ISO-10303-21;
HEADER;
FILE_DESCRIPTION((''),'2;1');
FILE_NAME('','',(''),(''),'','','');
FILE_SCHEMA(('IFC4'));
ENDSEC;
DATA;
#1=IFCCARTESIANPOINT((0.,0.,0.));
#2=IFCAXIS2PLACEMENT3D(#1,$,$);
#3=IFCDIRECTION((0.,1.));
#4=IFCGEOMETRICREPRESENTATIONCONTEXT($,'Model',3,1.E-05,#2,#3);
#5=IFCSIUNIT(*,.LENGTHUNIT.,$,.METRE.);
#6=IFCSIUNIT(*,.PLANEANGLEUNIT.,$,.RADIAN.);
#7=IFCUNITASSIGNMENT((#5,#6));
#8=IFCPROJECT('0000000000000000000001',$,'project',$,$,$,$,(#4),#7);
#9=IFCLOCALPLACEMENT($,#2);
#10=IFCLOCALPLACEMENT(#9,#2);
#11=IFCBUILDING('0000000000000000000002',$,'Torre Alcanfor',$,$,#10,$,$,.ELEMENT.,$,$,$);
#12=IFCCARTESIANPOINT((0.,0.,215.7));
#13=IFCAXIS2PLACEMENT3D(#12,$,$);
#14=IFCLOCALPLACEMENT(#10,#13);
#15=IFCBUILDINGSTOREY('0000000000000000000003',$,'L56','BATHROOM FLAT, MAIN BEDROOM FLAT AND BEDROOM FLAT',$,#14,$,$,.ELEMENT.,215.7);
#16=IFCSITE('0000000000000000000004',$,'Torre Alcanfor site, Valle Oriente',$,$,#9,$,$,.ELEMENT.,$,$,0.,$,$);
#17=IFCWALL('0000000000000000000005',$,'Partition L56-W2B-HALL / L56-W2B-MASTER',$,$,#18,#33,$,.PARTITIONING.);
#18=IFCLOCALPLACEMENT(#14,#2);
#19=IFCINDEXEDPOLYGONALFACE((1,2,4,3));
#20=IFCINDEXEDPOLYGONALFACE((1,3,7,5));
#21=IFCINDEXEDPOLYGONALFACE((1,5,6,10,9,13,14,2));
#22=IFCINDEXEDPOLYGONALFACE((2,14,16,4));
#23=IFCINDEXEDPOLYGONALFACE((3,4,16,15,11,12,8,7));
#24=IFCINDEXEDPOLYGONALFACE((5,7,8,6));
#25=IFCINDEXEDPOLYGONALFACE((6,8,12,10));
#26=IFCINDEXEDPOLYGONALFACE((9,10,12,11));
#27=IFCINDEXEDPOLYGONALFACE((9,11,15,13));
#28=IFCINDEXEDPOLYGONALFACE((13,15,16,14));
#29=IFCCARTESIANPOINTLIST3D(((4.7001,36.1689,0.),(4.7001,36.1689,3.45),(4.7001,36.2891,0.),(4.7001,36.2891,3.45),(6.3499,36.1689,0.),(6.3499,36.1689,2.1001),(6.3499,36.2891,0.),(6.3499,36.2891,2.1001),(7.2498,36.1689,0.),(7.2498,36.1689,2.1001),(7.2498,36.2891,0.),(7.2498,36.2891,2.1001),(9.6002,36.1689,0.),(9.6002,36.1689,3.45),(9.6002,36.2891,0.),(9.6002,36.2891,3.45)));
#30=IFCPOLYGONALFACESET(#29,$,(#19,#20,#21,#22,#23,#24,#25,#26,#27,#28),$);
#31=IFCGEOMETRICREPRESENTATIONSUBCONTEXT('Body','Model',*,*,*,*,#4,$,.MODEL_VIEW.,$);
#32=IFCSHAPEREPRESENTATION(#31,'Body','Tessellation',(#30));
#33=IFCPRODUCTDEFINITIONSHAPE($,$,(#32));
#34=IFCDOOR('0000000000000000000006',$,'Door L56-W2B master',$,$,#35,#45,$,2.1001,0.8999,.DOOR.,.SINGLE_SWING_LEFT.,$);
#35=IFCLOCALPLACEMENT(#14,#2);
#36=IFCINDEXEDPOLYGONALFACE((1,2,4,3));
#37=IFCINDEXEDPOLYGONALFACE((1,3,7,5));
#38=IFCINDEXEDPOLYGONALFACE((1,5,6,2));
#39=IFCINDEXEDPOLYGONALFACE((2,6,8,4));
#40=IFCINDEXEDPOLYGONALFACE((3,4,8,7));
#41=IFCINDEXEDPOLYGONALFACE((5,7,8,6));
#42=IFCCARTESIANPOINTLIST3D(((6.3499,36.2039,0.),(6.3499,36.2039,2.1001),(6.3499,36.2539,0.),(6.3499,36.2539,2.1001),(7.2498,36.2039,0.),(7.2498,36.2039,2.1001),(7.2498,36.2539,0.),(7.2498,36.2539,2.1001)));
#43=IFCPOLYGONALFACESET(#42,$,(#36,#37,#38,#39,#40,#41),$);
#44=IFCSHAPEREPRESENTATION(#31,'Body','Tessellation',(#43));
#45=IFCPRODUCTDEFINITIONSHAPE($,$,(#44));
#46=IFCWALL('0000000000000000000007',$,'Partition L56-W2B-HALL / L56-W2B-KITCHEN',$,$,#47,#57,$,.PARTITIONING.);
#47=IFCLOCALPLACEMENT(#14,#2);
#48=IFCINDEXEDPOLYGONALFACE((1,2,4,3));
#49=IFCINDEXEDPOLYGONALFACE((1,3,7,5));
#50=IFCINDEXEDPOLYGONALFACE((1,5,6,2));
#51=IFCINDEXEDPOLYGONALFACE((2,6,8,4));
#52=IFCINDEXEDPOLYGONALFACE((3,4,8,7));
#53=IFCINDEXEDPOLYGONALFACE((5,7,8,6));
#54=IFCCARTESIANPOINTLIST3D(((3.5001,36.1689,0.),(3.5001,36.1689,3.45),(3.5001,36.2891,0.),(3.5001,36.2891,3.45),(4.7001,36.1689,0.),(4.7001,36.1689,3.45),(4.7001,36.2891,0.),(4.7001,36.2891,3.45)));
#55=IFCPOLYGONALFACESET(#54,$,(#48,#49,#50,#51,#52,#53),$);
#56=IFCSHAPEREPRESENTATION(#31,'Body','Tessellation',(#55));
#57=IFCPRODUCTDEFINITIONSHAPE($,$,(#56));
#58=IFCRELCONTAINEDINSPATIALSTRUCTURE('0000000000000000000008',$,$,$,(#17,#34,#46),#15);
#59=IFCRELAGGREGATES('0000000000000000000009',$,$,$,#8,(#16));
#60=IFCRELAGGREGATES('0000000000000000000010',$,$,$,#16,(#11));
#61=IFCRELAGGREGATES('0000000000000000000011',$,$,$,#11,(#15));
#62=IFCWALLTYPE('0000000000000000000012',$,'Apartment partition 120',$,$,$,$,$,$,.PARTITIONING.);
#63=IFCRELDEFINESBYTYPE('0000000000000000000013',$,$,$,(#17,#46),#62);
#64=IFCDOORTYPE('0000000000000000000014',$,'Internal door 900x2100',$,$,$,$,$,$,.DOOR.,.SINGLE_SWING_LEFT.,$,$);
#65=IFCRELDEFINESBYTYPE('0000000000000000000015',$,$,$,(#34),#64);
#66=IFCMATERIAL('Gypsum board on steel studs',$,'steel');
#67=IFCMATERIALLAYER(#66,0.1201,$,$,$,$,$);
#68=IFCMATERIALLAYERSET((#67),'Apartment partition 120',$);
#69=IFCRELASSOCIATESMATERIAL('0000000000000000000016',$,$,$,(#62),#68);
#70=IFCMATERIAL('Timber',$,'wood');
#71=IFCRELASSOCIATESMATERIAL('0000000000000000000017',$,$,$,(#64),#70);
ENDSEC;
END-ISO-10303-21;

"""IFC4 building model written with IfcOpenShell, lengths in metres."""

from ifc_helpers import new_model, si_unit, direction, frame, frame_2d, origin, place, context, subcontext, project, spatial, rectangle, extrude, material, layer, layer_set, type_object, element, fill, save


model = new_model("IFC4")

# Units and contexts
model_context = context("Model", 3, precision=1e-05, world=origin(), true_north=direction((0.0, 1.0)))
body_context = subcontext(model_context, "Body", "Model", "MODEL_VIEW")
ifc_project = project(units=[si_unit("LENGTHUNIT", "METRE"), si_unit("PLANEANGLEUNIT", "RADIAN")], contexts=[model_context])

# Site, building, storey
site_placement = place(None, origin())
site = spatial("IfcSite", under=ifc_project, at=site_placement, Name="Torre Alcanfor site, Valle Oriente", CompositionType="ELEMENT", RefElevation=0.0)
building_placement = place(site_placement, origin())
building = spatial("IfcBuilding", under=site, at=building_placement, Name="Torre Alcanfor", CompositionType="ELEMENT")
storey_placement = place(building_placement, frame((0.0, 0.0, 215.7)))
storey = spatial("IfcBuildingStorey", under=building, at=storey_placement, Name="L56", Description="BATHROOM FLAT, MAIN BEDROOM FLAT AND BEDROOM FLAT", CompositionType="ELEMENT", Elevation=215.7)

# Wall, opening, door
ifc_material_1 = material(Name="Gypsum board on steel studs", Category="steel")
ifc_layer_1 = layer(ifc_material_1, 0.1201)
ifc_layer_set_1 = layer_set([ifc_layer_1], Name="Apartment partition 120")
wall_type_1 = type_object("IfcWallType", Name="Apartment partition 120", PredefinedType="PARTITIONING", material=ifc_layer_set_1)
wall_1_placement = place(storey_placement, frame((4.7, 36.229, 0.0), z_axis=(0.0, 0.0, 1.0), x_axis=(1.0, 0.0, 0.0)))
wall_1 = element("IfcWall", 1, at=wall_1_placement, inside=storey, type_object=wall_type_1, Name="Partition L56-W2B-HALL / L56-W2B-MASTER", PredefinedType="PARTITIONING", context=body_context, shape_type="SweptSolid", body=[
    extrude(rectangle(XDim=4.9001, YDim=0.1201, at=frame_2d((2.4502, 0.0))), origin(), (0.0, 0.0, 1.0), 3.45),
])
opening_placement = place(wall_1_placement, frame((1.6499, 0.0, 0.0)))
opening = element("IfcOpeningElement", 2, at=opening_placement, cuts=wall_1, PredefinedType="OPENING", context=body_context, shape_type="SweptSolid", body=[
    extrude(rectangle(XDim=0.8999, YDim=2.1001, at=frame_2d((0.45, 1.05))), frame((0.0, 0.0701, 0.0), z_axis=(0.0, -1.0, 0.0), x_axis=(1.0, 0.0, 0.0)), (0.0, 0.0, 1.0), 0.1401),
])
ifc_material_2 = material(Name="Timber", Category="wood")
door_type = type_object("IfcDoorType", Name="Internal door 900x2100", OperationType="SINGLE_SWING_LEFT", PredefinedType="DOOR", material=ifc_material_2)
door_placement = place(opening_placement, origin())
door = element("IfcDoor", 3, at=door_placement, inside=storey, type_object=door_type, Name="Door L56-W2B master", OperationType="SINGLE_SWING_LEFT", OverallHeight=2.1001, OverallWidth=0.8999, PredefinedType="DOOR", context=body_context, shape_type="SweptSolid", body=[
    extrude(rectangle(XDim=0.8999, YDim=2.1001, at=frame_2d((0.45, 1.05))), frame((0.0, 0.0249, 0.0), z_axis=(0.0, -1.0, 0.0), x_axis=(1.0, 0.0, 0.0)), (0.0, 0.0, 1.0), 0.05),
])
fill(opening, door)

# Wall
wall_2_placement = place(storey_placement, frame((3.5, 36.229, 0.0), z_axis=(0.0, 0.0, 1.0), x_axis=(1.0, 0.0, 0.0)))
element("IfcWall", 4, at=wall_2_placement, inside=storey, type_object=wall_type_1, Name="Partition L56-W2B-HALL / L56-W2B-KITCHEN", PredefinedType="PARTITIONING", context=body_context, shape_type="SweptSolid", body=[
    extrude(rectangle(XDim=1.2, YDim=0.1201, at=frame_2d((0.6001, 0.0))), origin(), (0.0, 0.0, 1.0), 3.45),
])

save(model, "model.ifc")
